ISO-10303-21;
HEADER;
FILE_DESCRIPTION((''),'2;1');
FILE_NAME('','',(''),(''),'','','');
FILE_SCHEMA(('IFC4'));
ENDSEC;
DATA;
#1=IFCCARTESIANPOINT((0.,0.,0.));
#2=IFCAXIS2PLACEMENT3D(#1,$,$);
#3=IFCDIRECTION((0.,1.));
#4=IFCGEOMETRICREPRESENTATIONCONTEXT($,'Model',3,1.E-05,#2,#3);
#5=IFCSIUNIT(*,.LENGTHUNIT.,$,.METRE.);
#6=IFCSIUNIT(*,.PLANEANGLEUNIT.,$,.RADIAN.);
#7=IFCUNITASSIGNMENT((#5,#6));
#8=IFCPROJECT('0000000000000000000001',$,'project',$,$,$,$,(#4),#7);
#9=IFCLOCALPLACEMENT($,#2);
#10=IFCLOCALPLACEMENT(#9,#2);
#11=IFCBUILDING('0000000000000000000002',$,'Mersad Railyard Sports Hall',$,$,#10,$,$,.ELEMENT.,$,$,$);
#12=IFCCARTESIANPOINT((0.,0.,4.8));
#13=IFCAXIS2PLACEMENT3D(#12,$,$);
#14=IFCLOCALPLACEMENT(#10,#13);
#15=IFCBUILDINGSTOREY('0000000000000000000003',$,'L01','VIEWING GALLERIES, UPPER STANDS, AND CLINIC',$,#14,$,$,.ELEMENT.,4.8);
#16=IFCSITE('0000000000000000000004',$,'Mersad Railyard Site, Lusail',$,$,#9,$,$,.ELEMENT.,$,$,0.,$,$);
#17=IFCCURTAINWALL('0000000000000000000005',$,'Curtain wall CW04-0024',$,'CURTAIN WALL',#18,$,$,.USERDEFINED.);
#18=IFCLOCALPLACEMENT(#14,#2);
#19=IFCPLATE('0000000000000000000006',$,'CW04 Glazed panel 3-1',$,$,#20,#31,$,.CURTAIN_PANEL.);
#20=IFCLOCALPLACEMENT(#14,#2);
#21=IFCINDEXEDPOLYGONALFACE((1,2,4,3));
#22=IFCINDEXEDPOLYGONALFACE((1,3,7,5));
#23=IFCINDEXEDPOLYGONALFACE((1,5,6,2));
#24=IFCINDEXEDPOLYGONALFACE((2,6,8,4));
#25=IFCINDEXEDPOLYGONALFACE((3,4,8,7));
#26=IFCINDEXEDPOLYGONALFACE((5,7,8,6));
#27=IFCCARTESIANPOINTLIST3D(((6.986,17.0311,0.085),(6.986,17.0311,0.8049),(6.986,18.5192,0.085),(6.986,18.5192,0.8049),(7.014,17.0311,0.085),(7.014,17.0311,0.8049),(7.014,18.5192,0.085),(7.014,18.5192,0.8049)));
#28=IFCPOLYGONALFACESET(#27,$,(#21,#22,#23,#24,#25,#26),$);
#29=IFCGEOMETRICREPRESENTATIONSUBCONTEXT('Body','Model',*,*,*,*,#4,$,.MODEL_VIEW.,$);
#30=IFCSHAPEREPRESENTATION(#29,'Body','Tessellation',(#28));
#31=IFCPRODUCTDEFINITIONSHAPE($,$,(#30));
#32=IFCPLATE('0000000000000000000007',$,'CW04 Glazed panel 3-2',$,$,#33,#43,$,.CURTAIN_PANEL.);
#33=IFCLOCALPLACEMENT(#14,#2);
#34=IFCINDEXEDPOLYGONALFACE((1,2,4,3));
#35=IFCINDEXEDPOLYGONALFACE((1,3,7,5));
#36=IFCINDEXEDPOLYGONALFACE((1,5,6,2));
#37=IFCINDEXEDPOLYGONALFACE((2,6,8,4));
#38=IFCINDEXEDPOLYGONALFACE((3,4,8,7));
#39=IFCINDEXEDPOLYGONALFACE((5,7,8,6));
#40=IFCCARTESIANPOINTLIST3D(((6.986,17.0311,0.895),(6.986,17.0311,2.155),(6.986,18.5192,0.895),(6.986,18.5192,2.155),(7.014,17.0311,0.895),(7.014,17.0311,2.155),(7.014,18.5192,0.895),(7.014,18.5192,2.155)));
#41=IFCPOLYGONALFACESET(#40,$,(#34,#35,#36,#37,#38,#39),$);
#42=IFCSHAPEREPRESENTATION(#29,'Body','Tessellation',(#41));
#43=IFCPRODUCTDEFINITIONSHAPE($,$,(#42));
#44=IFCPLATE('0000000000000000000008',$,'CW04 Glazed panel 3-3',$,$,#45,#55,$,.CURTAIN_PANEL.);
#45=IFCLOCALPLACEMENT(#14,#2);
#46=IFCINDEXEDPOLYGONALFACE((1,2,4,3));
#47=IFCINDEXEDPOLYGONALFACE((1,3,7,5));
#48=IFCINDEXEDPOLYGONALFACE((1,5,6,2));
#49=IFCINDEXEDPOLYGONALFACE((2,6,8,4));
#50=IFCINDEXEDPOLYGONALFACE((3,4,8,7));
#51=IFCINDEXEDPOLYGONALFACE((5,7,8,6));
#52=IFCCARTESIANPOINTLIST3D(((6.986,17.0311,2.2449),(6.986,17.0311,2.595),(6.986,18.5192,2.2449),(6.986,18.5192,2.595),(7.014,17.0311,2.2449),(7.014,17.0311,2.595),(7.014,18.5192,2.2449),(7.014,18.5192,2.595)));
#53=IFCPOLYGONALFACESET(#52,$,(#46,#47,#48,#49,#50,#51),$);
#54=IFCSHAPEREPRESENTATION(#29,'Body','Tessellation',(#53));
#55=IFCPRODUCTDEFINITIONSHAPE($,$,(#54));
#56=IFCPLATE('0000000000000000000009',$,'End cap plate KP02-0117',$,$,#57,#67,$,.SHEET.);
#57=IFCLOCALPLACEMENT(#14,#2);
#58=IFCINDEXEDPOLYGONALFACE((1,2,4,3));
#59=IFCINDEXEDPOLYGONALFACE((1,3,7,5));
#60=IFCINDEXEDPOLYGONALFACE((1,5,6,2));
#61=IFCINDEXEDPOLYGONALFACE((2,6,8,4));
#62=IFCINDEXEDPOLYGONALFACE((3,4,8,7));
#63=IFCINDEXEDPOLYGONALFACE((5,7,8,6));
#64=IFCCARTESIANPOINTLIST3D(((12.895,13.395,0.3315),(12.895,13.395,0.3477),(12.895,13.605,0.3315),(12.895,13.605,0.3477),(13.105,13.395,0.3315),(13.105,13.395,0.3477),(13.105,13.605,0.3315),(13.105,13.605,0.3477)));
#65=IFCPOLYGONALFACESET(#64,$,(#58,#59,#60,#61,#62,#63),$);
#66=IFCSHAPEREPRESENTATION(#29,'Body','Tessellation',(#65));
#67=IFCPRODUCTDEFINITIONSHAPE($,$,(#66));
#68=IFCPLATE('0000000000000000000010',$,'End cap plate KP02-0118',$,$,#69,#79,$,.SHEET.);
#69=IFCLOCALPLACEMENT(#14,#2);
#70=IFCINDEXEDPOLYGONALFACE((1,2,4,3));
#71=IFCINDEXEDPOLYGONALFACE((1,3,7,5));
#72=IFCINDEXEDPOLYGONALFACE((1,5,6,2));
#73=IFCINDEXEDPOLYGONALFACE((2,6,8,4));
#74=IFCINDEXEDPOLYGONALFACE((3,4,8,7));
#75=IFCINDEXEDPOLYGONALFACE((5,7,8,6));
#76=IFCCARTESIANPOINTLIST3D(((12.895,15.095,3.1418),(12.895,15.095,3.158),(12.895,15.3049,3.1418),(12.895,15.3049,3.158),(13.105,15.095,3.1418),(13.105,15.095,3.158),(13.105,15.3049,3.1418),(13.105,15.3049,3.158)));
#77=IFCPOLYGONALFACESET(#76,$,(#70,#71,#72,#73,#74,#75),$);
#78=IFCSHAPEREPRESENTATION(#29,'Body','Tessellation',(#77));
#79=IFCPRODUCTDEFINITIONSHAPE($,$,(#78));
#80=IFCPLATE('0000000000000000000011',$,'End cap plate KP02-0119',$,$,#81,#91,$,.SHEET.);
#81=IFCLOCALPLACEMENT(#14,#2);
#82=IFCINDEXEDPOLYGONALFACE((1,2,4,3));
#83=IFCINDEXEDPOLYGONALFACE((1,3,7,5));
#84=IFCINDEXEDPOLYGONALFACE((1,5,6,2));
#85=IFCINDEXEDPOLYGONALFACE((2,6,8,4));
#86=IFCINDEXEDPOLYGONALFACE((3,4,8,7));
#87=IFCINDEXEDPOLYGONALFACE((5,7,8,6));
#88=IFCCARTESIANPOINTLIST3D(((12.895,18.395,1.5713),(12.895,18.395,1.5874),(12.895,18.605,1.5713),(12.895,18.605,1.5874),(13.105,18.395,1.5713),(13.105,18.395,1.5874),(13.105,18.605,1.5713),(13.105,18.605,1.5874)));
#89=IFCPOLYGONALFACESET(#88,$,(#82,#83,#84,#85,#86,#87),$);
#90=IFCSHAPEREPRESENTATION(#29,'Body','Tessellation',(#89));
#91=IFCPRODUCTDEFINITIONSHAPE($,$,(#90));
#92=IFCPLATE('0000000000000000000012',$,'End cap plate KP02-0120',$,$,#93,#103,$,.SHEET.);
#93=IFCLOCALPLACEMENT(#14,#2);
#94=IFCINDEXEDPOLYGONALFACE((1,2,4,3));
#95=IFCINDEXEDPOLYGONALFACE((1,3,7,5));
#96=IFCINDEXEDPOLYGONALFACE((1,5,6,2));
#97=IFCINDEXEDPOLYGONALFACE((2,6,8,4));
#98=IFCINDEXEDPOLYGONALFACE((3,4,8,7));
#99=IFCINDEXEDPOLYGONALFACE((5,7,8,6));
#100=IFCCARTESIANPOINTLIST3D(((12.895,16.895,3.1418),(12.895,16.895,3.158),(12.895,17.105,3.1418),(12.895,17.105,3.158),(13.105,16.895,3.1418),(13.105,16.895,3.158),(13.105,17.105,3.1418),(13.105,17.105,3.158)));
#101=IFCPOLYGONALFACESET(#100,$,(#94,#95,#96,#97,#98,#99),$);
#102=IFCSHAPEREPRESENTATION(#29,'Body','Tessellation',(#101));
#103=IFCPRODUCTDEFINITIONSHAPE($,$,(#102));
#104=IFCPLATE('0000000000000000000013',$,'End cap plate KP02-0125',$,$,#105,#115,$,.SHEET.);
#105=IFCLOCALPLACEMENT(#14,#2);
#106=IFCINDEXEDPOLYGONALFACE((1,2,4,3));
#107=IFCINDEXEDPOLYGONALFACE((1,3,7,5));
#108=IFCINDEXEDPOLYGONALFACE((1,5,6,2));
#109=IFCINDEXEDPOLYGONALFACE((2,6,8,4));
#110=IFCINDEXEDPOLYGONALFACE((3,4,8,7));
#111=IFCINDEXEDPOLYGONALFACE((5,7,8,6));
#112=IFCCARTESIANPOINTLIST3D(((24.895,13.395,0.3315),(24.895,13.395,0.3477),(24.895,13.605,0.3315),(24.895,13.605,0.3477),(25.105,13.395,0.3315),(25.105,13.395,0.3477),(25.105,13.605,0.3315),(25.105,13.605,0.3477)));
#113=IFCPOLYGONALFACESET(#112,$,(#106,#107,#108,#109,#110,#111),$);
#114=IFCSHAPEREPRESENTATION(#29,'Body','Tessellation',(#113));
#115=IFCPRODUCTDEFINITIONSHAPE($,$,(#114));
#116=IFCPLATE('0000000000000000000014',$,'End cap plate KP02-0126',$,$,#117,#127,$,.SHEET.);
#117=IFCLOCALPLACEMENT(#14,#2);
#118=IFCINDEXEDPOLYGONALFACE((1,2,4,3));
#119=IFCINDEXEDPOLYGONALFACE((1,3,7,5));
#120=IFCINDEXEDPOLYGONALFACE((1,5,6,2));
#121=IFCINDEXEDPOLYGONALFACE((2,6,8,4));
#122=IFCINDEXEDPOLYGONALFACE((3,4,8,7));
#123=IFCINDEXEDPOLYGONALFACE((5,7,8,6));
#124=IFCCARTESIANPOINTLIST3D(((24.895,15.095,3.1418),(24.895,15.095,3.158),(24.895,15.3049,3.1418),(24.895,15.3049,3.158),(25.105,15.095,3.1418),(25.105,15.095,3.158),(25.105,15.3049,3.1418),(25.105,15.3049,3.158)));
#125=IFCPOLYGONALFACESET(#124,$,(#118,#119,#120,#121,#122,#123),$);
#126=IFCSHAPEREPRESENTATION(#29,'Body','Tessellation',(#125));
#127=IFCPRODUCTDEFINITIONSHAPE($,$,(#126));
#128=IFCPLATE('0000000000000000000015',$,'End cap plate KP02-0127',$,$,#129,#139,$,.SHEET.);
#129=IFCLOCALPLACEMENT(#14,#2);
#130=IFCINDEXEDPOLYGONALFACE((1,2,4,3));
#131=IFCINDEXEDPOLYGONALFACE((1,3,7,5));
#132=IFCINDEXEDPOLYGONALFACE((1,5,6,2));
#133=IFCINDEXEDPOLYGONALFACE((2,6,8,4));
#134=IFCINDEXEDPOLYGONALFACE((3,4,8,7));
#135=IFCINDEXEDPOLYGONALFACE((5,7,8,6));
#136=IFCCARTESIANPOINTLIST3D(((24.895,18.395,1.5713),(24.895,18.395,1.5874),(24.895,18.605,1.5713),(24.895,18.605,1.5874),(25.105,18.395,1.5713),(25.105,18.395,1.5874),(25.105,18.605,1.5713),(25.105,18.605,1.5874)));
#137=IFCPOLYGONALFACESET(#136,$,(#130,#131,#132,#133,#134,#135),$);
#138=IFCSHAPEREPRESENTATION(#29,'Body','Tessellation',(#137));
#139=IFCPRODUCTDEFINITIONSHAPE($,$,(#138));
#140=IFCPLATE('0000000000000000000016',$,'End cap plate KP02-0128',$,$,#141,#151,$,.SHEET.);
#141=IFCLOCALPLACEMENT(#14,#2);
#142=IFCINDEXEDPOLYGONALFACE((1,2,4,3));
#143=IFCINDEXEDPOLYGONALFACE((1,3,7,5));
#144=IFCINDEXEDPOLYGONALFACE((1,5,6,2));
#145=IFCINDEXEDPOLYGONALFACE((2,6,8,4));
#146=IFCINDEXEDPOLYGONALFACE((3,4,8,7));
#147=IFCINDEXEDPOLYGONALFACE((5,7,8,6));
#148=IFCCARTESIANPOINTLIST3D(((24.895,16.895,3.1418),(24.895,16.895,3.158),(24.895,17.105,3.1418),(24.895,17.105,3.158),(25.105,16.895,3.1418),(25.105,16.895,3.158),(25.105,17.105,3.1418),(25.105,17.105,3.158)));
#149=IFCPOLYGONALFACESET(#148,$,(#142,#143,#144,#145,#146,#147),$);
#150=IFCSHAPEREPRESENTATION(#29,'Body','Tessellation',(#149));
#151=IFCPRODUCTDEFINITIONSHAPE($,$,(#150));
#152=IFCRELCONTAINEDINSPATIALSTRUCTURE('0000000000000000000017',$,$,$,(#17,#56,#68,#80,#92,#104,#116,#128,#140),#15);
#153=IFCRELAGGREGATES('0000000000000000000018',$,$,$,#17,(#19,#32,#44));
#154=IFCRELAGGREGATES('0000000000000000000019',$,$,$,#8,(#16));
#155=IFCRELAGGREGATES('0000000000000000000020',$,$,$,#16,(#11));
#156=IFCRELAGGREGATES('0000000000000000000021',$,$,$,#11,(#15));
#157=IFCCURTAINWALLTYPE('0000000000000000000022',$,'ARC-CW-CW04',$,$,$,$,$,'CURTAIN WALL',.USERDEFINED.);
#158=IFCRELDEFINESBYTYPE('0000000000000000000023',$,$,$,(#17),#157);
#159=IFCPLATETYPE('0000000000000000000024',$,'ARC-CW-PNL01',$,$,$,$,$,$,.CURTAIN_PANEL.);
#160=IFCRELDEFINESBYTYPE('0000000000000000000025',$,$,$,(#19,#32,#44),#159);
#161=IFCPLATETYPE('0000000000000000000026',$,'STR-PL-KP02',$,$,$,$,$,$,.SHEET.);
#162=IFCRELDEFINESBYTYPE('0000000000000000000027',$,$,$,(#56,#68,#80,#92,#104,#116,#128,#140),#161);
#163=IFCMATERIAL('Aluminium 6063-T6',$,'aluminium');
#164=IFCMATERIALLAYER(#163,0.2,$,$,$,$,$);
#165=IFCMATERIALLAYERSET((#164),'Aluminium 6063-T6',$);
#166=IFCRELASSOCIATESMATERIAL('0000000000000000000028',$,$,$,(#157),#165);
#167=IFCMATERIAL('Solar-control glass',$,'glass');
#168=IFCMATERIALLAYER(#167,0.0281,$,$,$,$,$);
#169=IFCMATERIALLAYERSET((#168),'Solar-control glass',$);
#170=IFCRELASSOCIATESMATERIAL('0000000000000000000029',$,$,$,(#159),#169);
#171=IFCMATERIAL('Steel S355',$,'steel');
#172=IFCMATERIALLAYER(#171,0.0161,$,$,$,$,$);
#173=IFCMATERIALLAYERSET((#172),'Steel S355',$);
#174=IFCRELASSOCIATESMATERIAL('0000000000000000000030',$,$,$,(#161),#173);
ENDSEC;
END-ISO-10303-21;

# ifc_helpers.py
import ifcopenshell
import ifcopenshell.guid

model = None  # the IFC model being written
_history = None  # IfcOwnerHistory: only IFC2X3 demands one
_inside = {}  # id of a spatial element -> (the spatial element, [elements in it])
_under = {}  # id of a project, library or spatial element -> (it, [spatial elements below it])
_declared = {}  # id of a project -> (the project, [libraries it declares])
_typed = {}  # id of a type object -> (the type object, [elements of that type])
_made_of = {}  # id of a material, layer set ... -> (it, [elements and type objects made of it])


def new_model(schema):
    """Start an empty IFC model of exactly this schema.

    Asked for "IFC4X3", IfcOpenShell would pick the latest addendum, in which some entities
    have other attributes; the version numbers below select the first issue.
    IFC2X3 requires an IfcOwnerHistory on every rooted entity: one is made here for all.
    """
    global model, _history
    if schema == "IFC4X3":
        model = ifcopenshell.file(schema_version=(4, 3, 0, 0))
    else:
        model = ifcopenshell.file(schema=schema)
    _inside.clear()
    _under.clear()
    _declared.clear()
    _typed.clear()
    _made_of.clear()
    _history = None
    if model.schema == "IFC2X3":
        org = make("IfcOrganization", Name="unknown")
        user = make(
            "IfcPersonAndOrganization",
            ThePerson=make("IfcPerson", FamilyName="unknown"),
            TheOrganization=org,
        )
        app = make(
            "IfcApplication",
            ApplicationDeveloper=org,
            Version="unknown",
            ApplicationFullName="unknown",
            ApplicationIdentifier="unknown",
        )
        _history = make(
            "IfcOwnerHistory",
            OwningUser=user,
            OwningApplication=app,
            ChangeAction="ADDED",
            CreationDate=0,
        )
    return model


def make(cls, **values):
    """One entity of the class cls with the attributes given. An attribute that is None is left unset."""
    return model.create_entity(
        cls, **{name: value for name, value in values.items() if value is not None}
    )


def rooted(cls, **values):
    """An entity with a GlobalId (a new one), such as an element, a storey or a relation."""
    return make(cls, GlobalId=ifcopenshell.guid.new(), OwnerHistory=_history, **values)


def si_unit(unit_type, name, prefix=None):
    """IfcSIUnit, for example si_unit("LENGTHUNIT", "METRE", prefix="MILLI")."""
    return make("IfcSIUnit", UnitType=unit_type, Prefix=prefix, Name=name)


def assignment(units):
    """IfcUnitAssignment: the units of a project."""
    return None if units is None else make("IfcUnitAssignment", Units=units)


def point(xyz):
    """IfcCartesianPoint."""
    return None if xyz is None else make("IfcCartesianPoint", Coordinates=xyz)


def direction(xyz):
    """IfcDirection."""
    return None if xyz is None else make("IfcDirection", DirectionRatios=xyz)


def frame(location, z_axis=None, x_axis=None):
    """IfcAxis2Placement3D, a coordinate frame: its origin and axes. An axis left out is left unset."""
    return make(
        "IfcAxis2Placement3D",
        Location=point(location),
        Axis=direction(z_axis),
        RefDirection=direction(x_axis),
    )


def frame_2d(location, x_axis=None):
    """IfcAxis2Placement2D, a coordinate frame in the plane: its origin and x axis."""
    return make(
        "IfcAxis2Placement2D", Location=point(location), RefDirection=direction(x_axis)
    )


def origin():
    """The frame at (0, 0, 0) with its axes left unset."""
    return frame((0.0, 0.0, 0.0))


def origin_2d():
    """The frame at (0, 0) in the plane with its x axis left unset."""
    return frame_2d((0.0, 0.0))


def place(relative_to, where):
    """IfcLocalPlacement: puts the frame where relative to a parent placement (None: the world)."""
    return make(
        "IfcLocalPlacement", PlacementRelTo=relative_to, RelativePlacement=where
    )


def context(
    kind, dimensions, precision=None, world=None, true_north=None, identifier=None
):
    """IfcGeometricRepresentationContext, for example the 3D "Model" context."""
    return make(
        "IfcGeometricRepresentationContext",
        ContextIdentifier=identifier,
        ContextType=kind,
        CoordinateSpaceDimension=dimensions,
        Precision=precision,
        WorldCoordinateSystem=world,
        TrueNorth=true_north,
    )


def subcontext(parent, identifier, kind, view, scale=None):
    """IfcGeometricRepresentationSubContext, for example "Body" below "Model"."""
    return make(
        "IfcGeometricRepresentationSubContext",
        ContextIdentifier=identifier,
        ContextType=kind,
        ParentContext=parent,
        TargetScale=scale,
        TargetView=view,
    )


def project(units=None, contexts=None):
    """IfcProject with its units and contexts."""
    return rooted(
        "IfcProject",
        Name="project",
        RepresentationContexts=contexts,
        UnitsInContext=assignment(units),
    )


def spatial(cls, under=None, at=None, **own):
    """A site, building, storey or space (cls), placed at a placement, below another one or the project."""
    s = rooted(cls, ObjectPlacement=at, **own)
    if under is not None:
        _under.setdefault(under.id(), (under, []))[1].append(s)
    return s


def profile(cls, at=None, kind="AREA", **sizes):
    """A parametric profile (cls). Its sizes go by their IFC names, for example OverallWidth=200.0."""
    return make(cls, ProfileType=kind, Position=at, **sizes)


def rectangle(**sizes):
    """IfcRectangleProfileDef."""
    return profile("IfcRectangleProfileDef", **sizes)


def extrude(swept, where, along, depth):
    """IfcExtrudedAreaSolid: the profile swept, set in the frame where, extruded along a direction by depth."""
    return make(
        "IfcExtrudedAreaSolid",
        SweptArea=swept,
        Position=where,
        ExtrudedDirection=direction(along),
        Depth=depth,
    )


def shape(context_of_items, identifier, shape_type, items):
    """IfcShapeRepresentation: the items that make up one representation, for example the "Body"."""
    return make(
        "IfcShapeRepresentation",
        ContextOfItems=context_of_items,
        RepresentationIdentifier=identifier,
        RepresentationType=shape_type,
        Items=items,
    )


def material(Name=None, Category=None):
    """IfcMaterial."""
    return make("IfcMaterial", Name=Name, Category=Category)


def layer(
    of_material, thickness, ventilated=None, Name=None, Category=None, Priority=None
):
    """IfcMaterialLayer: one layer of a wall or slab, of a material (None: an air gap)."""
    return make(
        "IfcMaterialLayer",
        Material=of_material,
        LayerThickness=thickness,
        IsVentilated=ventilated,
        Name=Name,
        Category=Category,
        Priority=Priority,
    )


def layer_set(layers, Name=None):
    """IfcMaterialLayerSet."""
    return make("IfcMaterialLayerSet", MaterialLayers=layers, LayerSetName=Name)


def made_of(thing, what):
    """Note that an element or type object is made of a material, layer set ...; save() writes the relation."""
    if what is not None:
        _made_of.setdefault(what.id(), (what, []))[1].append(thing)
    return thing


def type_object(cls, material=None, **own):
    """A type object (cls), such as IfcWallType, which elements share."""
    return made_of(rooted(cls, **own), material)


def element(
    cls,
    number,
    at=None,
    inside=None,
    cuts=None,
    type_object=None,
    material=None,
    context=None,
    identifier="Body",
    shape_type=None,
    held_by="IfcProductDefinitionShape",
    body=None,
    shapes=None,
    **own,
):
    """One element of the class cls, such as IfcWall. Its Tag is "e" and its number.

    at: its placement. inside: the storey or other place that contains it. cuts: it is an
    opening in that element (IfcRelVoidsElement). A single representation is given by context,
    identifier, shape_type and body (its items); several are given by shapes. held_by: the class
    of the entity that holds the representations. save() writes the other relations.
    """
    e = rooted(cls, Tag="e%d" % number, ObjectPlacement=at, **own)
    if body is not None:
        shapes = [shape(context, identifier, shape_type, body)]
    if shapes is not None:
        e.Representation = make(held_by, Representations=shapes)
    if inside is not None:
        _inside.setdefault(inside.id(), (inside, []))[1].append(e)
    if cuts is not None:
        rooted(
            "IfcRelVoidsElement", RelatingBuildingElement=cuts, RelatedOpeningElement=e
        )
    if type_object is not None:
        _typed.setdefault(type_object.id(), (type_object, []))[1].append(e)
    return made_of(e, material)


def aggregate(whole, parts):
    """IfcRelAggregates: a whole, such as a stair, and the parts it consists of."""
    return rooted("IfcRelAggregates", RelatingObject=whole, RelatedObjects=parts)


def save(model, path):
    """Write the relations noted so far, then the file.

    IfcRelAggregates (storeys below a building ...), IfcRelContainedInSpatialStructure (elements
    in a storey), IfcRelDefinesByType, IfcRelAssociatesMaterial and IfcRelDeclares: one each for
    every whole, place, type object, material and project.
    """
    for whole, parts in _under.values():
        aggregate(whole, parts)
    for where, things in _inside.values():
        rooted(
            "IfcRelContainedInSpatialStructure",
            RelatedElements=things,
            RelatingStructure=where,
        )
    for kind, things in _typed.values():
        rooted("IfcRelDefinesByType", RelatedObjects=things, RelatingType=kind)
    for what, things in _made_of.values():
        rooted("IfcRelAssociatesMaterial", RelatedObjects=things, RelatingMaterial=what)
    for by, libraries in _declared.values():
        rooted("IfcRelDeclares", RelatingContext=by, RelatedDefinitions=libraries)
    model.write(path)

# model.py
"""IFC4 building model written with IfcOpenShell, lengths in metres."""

from ifc_helpers import new_model, si_unit, direction, frame, origin, origin_2d, place, context, subcontext, project, spatial, rectangle, extrude, material, layer, layer_set, type_object, element, aggregate, save


model = new_model("IFC4")

# Units and contexts
model_context = context("Model", 3, precision=1e-05, world=origin(), true_north=direction((0.0, 1.0)))
body_context = subcontext(model_context, "Body", "Model", "MODEL_VIEW")
ifc_project = project(units=[si_unit("LENGTHUNIT", "METRE"), si_unit("PLANEANGLEUNIT", "RADIAN")], contexts=[model_context])

# Site, building, storey
site_placement = place(None, origin())
site = spatial("IfcSite", under=ifc_project, at=site_placement, Name="Mersad Railyard Site, Lusail", CompositionType="ELEMENT", RefElevation=0.0)
building_placement = place(site_placement, origin())
building = spatial("IfcBuilding", under=site, at=building_placement, Name="Mersad Railyard Sports Hall", CompositionType="ELEMENT")
storey_placement = place(building_placement, frame((0.0, 0.0, 4.8)))
storey = spatial("IfcBuildingStorey", under=building, at=storey_placement, Name="L01", Description="VIEWING GALLERIES, UPPER STANDS, AND CLINIC", CompositionType="ELEMENT", Elevation=4.8)

# Curtain wall
ifc_material_1 = material(Name="Aluminium 6063-T6", Category="aluminium")
ifc_layer_1 = layer(ifc_material_1, 0.2)
ifc_layer_set_1 = layer_set([ifc_layer_1], Name="Aluminium 6063-T6")
curtain_wall_type = type_object("IfcCurtainWallType", Name="ARC-CW-CW04", ElementType="CURTAIN WALL", PredefinedType="USERDEFINED", material=ifc_layer_set_1)
curtain_wall_placement = place(storey_placement, origin())
curtain_wall = element("IfcCurtainWall", 1, at=curtain_wall_placement, inside=storey, type_object=curtain_wall_type, Name="Curtain wall CW04-0024", ObjectType="CURTAIN WALL", PredefinedType="USERDEFINED")

# Shared definitions
ifc_material_2 = material(Name="Steel S355", Category="steel")

# Plates
ifc_material_3 = material(Name="Solar-control glass", Category="glass")
ifc_layer_2 = layer(ifc_material_3, 0.0281)
ifc_layer_set_2 = layer_set([ifc_layer_2], Name="Solar-control glass")
plate_type_1 = type_object("IfcPlateType", Name="ARC-CW-PNL01", PredefinedType="CURTAIN_PANEL", material=ifc_layer_set_2)
plate_1_placement = place(storey_placement, frame((7.0, 17.7751, 0.085), z_axis=(0.0, 0.0, 1.0), x_axis=(0.0, 1.0, 0.0)))
plate_1 = element("IfcPlate", 2, at=plate_1_placement, type_object=plate_type_1, Name="CW04 Glazed panel 3-1", PredefinedType="CURTAIN_PANEL", context=body_context, shape_type="SweptSolid", body=[
    extrude(rectangle(XDim=1.488, YDim=0.0281, at=origin_2d()), origin(), (0.0, 0.0, 1.0), 0.72),
])
plate_2_placement = place(storey_placement, frame((7.0, 17.7751, 0.895), z_axis=(0.0, 0.0, 1.0), x_axis=(0.0, 1.0, 0.0)))
plate_2 = element("IfcPlate", 3, at=plate_2_placement, type_object=plate_type_1, Name="CW04 Glazed panel 3-2", PredefinedType="CURTAIN_PANEL", context=body_context, shape_type="SweptSolid", body=[
    extrude(rectangle(XDim=1.488, YDim=0.0281, at=origin_2d()), origin(), (0.0, 0.0, 1.0), 1.26),
])
plate_3_placement = place(storey_placement, frame((7.0, 17.7751, 2.2449), z_axis=(0.0, 0.0, 1.0), x_axis=(0.0, 1.0, 0.0)))
plate_3 = element("IfcPlate", 4, at=plate_3_placement, type_object=plate_type_1, Name="CW04 Glazed panel 3-3", PredefinedType="CURTAIN_PANEL", context=body_context, shape_type="SweptSolid", body=[
    extrude(rectangle(XDim=1.488, YDim=0.0281, at=origin_2d()), origin(), (0.0, 0.0, 1.0), 0.3501),
])
aggregate(curtain_wall, [plate_1, plate_2, plate_3])

# Plates
ifc_layer_3 = layer(ifc_material_2, 0.0161)
ifc_layer_set_3 = layer_set([ifc_layer_3], Name="Steel S355")
plate_type_2 = type_object("IfcPlateType", Name="STR-PL-KP02", PredefinedType="SHEET", material=ifc_layer_set_3)
for number, where, z_axis, x_axis, name in (
    (5, (13.0, 13.5, 0.3315), (0.0, 0.0, 1.0), (1.0, 0.0, 0.0), "End cap plate KP02-0117"),
    (6, (13.0, 15.2, 3.1418), (0.0, 0.0, 1.0), (1.0, 0.0, 0.0), "End cap plate KP02-0118"),
    (7, (13.0, 18.5, 1.5713), (0.0, 0.0, 1.0), (1.0, 0.0, 0.0), "End cap plate KP02-0119"),
    (8, (13.0, 17.0, 3.1418), (0.0, 0.0, 1.0), (1.0, 0.0, 0.0), "End cap plate KP02-0120"),
    (9, (25.0, 13.5, 0.3315), (0.0, 0.0, 1.0), (1.0, 0.0, 0.0), "End cap plate KP02-0125"),
    (10, (25.0, 15.2, 3.1418), (0.0, 0.0, 1.0), (1.0, 0.0, 0.0), "End cap plate KP02-0126"),
    (11, (25.0, 18.5, 1.5713), (0.0, 0.0, 1.0), (1.0, 0.0, 0.0), "End cap plate KP02-0127"),
    (12, (25.0, 17.0, 3.1418), (0.0, 0.0, 1.0), (1.0, 0.0, 0.0), "End cap plate KP02-0128"),
):
    element("IfcPlate", number, at=place(storey_placement, frame(where, z_axis=z_axis, x_axis=x_axis)), inside=storey, type_object=plate_type_2, Name=name, PredefinedType="SHEET", context=body_context, shape_type="SweptSolid", body=[
        extrude(rectangle(XDim=0.21, YDim=0.21, at=origin_2d()), origin(), (0.0, 0.0, 1.0), 0.0161),
    ])

save(model, "model.ifc")
